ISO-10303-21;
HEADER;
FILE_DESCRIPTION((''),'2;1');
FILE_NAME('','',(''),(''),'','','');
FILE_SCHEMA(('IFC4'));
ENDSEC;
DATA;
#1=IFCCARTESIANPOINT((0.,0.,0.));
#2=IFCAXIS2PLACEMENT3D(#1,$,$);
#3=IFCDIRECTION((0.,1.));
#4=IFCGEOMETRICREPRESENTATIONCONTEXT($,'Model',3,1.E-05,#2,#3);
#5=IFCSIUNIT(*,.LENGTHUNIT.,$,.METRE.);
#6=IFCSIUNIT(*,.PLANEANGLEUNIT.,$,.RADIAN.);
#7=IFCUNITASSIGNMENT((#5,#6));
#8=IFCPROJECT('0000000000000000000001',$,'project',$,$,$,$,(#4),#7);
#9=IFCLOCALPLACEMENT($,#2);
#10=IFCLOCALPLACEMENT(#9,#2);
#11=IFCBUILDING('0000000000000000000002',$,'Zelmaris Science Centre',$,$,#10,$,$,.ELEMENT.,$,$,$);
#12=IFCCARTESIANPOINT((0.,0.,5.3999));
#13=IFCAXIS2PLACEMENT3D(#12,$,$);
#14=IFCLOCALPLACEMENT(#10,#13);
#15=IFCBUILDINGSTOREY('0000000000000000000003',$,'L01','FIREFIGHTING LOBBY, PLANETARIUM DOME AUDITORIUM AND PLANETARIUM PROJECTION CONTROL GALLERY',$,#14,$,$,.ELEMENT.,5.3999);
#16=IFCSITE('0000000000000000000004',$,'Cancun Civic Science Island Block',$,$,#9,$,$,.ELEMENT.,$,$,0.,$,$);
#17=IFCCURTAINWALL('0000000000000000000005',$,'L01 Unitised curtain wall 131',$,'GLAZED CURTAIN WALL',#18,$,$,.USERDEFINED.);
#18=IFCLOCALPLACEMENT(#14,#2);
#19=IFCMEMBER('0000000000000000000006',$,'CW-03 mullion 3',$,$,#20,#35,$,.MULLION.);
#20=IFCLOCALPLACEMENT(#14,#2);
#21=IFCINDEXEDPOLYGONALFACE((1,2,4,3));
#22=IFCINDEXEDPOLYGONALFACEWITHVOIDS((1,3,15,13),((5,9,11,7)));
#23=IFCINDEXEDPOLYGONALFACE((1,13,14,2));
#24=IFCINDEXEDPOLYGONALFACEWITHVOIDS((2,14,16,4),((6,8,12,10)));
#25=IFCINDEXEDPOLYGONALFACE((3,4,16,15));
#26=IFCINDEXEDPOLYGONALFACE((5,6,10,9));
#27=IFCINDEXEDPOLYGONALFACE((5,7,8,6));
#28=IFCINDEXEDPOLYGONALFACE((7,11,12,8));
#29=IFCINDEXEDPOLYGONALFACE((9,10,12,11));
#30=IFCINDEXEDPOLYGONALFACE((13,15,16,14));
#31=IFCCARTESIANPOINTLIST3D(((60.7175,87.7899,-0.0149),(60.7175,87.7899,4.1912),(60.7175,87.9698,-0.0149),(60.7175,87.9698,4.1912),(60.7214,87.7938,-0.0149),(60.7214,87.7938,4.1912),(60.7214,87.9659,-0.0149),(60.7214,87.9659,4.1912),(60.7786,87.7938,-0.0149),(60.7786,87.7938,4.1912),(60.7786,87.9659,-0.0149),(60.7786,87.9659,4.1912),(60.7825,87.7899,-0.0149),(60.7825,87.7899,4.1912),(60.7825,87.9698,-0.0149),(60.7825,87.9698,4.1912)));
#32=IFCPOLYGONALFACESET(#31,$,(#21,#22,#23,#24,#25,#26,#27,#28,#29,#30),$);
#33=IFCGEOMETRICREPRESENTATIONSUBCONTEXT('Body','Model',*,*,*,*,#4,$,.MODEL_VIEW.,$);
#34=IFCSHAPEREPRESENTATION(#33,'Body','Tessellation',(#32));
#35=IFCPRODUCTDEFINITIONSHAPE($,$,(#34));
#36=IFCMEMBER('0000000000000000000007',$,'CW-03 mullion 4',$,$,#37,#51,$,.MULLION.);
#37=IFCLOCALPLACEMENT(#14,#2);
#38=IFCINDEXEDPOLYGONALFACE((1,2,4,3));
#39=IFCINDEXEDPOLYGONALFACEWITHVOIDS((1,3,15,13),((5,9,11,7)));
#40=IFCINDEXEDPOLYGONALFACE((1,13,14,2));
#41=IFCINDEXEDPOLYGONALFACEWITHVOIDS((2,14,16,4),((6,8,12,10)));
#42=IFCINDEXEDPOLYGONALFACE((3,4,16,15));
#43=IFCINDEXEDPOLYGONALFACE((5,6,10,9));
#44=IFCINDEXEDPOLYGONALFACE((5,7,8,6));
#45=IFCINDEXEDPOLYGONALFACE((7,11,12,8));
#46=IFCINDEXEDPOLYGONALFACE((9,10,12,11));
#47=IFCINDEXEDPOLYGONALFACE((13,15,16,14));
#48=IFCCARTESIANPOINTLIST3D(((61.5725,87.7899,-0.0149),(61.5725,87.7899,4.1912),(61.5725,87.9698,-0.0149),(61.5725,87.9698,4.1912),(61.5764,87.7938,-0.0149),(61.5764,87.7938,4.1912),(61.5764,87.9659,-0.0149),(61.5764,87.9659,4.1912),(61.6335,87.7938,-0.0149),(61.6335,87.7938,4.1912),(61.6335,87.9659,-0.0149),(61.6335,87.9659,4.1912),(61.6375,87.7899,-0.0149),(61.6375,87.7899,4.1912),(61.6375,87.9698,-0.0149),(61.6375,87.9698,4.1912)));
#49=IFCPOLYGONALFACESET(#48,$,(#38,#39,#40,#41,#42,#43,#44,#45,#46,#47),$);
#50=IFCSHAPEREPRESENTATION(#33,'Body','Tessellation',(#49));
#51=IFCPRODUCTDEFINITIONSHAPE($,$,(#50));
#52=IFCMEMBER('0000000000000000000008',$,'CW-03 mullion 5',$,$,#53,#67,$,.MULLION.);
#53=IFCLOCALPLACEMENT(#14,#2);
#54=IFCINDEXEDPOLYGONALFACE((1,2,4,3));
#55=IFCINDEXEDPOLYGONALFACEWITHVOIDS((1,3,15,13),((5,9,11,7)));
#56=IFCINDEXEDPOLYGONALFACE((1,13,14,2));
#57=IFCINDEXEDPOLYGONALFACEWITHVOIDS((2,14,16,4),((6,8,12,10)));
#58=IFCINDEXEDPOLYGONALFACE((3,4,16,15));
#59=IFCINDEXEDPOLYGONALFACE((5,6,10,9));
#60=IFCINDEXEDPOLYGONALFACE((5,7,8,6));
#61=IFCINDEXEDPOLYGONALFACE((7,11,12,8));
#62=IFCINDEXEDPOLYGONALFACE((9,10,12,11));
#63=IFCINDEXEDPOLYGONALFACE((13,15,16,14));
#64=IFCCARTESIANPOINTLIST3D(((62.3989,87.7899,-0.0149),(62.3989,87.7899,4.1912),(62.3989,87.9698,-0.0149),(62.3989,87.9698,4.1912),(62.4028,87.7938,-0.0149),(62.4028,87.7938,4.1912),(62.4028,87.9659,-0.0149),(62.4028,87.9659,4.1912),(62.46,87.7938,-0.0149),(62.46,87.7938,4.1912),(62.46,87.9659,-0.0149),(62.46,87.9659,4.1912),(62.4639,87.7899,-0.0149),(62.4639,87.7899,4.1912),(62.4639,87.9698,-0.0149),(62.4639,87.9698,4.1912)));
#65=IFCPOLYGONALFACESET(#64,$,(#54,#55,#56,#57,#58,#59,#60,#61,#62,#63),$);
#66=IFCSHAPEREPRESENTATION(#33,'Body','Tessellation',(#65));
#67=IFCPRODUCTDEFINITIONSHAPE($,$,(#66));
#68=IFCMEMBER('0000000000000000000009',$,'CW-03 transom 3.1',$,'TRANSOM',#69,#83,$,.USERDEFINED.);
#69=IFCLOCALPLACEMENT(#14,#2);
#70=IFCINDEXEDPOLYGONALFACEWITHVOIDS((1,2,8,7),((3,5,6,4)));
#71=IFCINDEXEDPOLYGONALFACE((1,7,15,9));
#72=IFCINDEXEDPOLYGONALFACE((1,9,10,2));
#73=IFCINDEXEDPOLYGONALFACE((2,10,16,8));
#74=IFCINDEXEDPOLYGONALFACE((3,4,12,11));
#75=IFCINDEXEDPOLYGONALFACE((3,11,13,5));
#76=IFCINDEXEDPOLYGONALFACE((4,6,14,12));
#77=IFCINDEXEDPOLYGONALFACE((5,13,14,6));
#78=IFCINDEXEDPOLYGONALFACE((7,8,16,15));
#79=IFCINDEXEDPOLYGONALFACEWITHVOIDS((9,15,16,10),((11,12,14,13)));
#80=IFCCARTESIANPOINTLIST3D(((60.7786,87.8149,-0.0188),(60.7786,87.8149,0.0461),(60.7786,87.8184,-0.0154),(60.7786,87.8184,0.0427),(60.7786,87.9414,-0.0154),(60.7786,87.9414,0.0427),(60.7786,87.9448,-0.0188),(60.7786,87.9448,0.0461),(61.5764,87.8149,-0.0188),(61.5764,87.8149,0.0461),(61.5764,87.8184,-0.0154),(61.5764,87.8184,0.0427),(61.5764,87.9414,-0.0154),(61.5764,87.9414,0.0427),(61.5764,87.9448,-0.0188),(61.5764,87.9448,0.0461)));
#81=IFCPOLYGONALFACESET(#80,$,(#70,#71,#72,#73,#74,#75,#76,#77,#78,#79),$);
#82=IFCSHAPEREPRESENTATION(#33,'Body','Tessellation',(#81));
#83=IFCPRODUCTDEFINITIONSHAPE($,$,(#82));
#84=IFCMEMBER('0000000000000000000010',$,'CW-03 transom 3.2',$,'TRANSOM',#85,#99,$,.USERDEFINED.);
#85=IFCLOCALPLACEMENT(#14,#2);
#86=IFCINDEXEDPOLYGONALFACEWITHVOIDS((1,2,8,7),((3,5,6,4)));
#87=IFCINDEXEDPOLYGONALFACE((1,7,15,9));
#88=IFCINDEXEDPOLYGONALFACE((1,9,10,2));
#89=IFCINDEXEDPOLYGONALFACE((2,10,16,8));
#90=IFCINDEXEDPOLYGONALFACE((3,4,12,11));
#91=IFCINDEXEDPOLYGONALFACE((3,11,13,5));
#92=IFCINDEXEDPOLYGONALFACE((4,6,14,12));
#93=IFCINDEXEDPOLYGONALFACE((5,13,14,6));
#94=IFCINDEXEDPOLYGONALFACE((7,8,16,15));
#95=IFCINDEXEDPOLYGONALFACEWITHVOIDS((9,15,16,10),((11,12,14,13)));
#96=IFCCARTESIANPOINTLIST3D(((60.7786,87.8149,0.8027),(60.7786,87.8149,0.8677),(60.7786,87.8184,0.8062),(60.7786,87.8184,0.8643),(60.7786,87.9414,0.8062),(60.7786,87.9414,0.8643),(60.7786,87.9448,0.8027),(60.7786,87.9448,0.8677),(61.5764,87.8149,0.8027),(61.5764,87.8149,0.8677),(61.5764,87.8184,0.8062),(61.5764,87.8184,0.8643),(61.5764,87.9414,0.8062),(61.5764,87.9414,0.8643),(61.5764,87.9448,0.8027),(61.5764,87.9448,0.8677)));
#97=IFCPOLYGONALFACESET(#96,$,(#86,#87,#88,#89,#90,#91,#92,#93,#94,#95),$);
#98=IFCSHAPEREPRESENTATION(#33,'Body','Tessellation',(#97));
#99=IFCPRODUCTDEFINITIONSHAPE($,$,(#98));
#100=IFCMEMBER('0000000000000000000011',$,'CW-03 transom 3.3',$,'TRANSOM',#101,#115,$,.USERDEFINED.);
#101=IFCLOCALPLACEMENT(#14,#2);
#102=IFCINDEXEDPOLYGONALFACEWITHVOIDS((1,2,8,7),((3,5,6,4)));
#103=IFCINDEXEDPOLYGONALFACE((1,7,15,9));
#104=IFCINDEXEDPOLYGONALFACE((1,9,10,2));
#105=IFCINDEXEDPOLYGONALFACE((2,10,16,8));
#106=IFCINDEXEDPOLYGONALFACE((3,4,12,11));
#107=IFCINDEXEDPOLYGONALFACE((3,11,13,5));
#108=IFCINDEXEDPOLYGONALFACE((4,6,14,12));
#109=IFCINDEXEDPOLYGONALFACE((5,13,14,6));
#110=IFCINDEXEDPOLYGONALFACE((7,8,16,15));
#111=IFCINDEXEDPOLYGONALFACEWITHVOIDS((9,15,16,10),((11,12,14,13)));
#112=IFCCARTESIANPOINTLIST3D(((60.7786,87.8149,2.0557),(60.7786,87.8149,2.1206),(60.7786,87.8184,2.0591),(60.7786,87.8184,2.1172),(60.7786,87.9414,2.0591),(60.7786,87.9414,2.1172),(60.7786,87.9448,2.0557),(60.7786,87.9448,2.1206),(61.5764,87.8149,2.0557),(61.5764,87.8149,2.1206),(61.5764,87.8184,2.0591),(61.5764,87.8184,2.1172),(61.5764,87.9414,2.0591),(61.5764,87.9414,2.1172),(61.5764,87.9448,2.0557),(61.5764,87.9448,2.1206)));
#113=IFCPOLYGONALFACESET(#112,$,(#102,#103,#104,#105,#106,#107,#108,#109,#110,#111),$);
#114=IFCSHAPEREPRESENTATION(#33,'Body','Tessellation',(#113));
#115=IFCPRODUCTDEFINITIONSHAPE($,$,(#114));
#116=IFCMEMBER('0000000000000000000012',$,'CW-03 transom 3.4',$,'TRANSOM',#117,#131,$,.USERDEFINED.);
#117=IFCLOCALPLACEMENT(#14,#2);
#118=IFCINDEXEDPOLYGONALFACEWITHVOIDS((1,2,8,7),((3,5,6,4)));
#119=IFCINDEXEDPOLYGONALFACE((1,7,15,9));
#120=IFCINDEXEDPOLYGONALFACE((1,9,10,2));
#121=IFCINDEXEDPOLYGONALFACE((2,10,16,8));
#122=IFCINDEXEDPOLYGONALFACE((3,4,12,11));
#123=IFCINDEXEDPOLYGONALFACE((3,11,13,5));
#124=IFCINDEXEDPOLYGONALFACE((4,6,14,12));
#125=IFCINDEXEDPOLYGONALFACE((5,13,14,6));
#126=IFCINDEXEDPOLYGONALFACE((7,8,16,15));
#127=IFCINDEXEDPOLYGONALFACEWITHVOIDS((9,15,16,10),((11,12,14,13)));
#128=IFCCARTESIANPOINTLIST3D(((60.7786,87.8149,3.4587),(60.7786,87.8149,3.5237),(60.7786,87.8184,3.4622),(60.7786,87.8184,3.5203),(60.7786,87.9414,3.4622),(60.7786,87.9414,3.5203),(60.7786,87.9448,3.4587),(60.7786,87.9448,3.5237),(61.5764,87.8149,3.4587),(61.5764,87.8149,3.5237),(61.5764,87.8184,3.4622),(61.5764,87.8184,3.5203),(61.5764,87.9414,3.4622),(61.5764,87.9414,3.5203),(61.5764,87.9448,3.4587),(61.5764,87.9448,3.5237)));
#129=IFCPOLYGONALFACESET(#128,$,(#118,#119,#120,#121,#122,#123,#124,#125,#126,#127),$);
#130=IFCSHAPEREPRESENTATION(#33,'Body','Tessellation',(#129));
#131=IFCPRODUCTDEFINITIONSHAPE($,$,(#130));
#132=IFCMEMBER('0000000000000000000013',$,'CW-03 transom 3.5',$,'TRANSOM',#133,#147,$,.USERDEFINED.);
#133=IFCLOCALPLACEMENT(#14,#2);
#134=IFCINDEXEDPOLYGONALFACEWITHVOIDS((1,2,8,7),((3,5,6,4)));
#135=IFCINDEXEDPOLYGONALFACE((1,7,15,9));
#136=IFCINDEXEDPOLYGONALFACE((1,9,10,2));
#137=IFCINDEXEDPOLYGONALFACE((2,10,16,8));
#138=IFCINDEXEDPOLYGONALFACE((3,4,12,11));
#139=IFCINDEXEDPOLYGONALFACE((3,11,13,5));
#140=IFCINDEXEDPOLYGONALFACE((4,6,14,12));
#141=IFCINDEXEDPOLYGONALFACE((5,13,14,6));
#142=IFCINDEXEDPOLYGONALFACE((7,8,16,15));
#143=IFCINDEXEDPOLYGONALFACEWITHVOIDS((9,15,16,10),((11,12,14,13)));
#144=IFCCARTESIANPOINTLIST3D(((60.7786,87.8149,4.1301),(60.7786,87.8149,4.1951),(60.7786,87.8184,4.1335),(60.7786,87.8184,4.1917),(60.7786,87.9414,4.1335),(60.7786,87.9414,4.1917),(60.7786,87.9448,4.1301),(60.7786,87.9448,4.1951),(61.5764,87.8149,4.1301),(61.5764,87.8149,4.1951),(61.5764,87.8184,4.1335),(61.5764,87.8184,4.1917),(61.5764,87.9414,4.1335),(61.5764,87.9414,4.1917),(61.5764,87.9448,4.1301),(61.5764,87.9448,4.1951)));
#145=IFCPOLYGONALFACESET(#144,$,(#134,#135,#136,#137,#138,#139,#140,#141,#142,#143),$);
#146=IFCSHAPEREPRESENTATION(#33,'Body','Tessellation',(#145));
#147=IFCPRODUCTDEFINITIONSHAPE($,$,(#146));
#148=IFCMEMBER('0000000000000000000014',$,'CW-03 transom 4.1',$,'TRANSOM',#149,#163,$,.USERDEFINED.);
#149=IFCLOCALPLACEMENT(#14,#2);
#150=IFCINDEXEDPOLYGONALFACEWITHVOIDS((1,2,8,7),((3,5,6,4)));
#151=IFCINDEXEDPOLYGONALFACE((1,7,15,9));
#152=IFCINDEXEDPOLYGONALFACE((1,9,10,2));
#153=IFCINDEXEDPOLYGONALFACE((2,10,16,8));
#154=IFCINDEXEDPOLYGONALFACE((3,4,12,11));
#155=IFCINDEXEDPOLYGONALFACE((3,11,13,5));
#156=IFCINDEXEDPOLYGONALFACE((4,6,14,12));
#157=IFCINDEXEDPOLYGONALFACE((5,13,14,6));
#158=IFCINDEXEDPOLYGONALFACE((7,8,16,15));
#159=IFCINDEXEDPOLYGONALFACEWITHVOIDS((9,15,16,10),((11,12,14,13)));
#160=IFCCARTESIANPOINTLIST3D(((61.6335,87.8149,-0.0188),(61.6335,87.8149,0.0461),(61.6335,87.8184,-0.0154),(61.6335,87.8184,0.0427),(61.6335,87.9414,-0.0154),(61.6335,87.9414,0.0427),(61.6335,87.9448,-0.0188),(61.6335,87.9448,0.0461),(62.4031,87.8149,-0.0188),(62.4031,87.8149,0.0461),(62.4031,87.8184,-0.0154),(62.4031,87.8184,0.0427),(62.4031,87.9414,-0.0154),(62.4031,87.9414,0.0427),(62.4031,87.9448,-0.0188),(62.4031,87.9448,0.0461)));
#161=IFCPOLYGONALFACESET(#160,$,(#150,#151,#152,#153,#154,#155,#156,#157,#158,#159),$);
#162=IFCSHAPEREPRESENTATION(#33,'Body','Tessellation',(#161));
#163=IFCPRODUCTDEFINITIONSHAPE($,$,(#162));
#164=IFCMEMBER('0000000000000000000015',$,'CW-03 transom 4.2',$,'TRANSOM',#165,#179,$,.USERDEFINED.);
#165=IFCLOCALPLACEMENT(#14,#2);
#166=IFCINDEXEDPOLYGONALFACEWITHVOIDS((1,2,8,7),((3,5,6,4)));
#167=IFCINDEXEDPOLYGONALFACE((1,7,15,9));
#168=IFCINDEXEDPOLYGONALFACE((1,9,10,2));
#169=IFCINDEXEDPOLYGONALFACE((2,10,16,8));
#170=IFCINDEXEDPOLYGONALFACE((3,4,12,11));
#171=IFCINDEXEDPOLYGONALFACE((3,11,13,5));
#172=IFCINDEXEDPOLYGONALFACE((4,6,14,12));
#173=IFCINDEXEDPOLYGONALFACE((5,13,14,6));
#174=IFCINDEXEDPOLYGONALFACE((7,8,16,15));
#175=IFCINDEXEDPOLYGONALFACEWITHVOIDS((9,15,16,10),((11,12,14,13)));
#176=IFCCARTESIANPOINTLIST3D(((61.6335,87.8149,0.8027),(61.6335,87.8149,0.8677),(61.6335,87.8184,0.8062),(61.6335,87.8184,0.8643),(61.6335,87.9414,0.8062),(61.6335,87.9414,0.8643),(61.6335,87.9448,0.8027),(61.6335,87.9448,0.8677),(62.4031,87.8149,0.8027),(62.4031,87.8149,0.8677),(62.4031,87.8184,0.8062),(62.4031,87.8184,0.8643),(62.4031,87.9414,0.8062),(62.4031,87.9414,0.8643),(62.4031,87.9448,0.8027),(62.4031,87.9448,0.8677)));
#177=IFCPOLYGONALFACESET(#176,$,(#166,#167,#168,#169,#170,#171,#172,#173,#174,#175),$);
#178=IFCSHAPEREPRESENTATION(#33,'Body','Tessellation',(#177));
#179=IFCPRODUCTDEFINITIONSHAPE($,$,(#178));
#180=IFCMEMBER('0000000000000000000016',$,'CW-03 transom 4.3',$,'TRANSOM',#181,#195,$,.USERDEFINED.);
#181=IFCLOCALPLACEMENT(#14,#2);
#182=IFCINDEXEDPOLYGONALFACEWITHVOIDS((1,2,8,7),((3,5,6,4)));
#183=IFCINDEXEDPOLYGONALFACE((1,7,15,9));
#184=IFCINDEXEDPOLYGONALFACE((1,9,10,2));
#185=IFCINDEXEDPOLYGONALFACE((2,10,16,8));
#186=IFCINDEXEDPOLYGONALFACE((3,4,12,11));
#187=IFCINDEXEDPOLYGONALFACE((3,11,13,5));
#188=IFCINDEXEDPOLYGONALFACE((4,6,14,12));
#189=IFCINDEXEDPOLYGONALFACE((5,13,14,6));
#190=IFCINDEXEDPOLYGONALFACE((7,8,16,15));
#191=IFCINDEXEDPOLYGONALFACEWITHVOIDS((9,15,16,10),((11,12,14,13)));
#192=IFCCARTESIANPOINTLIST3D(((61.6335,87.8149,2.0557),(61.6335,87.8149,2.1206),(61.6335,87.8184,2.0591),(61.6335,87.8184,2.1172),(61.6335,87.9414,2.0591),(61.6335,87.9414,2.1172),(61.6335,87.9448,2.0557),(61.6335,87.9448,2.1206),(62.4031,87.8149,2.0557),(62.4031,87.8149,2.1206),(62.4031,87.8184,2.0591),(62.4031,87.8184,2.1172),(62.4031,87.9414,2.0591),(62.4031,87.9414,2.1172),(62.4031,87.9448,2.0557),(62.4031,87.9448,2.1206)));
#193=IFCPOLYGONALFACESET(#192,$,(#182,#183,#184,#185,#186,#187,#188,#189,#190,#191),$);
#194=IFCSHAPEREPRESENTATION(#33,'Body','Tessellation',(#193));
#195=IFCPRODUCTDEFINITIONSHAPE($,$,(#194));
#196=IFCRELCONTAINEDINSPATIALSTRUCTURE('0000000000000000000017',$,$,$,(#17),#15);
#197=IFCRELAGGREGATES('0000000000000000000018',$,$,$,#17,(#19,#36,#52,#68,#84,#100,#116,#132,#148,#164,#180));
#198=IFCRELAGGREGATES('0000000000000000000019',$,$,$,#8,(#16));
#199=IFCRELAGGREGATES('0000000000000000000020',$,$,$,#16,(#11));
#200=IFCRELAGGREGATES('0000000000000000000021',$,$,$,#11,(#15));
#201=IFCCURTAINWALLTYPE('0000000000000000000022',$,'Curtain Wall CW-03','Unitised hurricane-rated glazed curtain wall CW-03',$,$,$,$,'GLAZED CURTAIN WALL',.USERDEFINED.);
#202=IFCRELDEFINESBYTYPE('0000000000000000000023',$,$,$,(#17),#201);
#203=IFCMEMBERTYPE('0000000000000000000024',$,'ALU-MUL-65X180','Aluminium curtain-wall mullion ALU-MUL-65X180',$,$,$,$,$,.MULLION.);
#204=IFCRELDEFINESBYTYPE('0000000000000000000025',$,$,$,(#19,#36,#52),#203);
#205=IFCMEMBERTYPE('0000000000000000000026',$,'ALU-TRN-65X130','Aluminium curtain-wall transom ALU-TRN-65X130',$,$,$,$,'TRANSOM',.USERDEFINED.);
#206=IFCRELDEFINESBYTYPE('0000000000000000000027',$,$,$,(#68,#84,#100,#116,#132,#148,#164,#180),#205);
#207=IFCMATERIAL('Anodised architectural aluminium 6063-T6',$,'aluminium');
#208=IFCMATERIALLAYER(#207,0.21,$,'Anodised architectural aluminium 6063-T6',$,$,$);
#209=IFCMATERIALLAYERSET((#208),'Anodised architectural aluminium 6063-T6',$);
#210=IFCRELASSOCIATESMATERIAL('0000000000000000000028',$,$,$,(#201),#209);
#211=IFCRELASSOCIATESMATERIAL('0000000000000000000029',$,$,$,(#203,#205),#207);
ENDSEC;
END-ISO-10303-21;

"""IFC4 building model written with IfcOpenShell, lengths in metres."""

from ifc_helpers import new_model, si_unit, direction, frame, origin, origin_2d, place, context, subcontext, project, spatial, hollow_rectangle, extrude, material, layer, layer_set, material_profile, profile_set, type_object, element, aggregate, save


model = new_model("IFC4")

# Units and contexts
model_context = context("Model", 3, precision=1e-05, world=origin(), true_north=direction((0.0, 1.0)))
body_context = subcontext(model_context, "Body", "Model", "MODEL_VIEW")
ifc_project = project(units=[si_unit("LENGTHUNIT", "METRE"), si_unit("PLANEANGLEUNIT", "RADIAN")], contexts=[model_context])

# Site, building, storey
site_placement = place(None, origin())
site = spatial("IfcSite", under=ifc_project, at=site_placement, Name="Cancun Civic Science Island Block", CompositionType="ELEMENT", RefElevation=0.0)
building_placement = place(site_placement, origin())
building = spatial("IfcBuilding", under=site, at=building_placement, Name="Zelmaris Science Centre", CompositionType="ELEMENT")
storey_placement = place(building_placement, frame((0.0, 0.0, 5.3999)))
storey = spatial("IfcBuildingStorey", under=building, at=storey_placement, Name="L01", Description="FIREFIGHTING LOBBY, PLANETARIUM DOME AUDITORIUM AND PLANETARIUM PROJECTION CONTROL GALLERY", CompositionType="ELEMENT", Elevation=5.3999)

# Curtain wall, members
ifc_material_1 = material(Name="Anodised architectural aluminium 6063-T6", Category="aluminium")
ifc_layer_1 = layer(ifc_material_1, 0.21, Name="Anodised architectural aluminium 6063-T6")
ifc_layer_set_1 = layer_set([ifc_layer_1], Name="Anodised architectural aluminium 6063-T6")
curtain_wall_type = type_object("IfcCurtainWallType", Name="Curtain Wall CW-03", Description="Unitised hurricane-rated glazed curtain wall CW-03", ElementType="GLAZED CURTAIN WALL", PredefinedType="USERDEFINED", material=ifc_layer_set_1)
curtain_wall_placement = place(storey_placement, origin())
curtain_wall = element("IfcCurtainWall", 1, at=curtain_wall_placement, inside=storey, type_object=curtain_wall_type, Name="L01 Unitised curtain wall 131", ObjectType="GLAZED CURTAIN WALL", PredefinedType="USERDEFINED")
ifc_material_profile_1 = material_profile(ifc_material_1, hollow_rectangle(XDim=0.0649, YDim=0.1799, WallThickness=0.0039, at=origin_2d()), Name="ALU-MUL-65X180")
ifc_profile_set_1 = profile_set([ifc_material_profile_1], Name="Anodised architectural aluminium 6063-T6")
member_type_1 = type_object("IfcMemberType", Name="ALU-MUL-65X180", Description="Aluminium curtain-wall mullion ALU-MUL-65X180", PredefinedType="MULLION", material=ifc_profile_set_1)
member_1_placement = place(storey_placement, frame((60.75, 87.8799, -0.0149), z_axis=(0.0, 0.0, 1.0), x_axis=(1.0, 0.0, 0.0)))
member_1 = element("IfcMember", 2, at=member_1_placement, type_object=member_type_1, Name="CW-03 mullion 3", PredefinedType="MULLION", context=body_context, shape_type="SweptSolid", body=[
    extrude(hollow_rectangle(XDim=0.0649, YDim=0.1799, WallThickness=0.0039, at=origin_2d()), origin(), (0.0, 0.0, 1.0), 4.2061),
])
member_2_placement = place(storey_placement, frame((61.605, 87.8799, -0.0149), z_axis=(0.0, 0.0, 1.0), x_axis=(1.0, 0.0, 0.0)))
member_2 = element("IfcMember", 3, at=member_2_placement, type_object=member_type_1, Name="CW-03 mullion 4", PredefinedType="MULLION", context=body_context, shape_type="SweptSolid", body=[
    extrude(hollow_rectangle(XDim=0.0649, YDim=0.1799, WallThickness=0.0039, at=origin_2d()), origin(), (0.0, 0.0, 1.0), 4.2061),
])
member_3_placement = place(storey_placement, frame((62.4314, 87.8799, -0.0149), z_axis=(0.0, 0.0, 1.0), x_axis=(1.0, 0.0, 0.0)))
member_3 = element("IfcMember", 4, at=member_3_placement, type_object=member_type_1, Name="CW-03 mullion 5", PredefinedType="MULLION", context=body_context, shape_type="SweptSolid", body=[
    extrude(hollow_rectangle(XDim=0.0649, YDim=0.1799, WallThickness=0.0039, at=origin_2d()), origin(), (0.0, 0.0, 1.0), 4.2061),
])
ifc_material_profile_2 = material_profile(ifc_material_1, hollow_rectangle(XDim=0.0649, YDim=0.1299, WallThickness=0.0034, at=origin_2d()), Name="ALU-TRN-65X130")
ifc_profile_set_2 = profile_set([ifc_material_profile_2], Name="Anodised architectural aluminium 6063-T6")
member_type_2 = type_object("IfcMemberType", Name="ALU-TRN-65X130", Description="Aluminium curtain-wall transom ALU-TRN-65X130", ElementType="TRANSOM", PredefinedType="USERDEFINED", material=ifc_profile_set_2)
member_4_placement = place(storey_placement, frame((60.7786, 87.8799, 0.0137), z_axis=(1.0, 0.0, 0.0), x_axis=(0.0, 0.0, 1.0)))
member_4 = element("IfcMember", 5, at=member_4_placement, type_object=member_type_2, Name="CW-03 transom 3.1", ObjectType="TRANSOM", PredefinedType="USERDEFINED", context=body_context, shape_type="SweptSolid", body=[
    extrude(hollow_rectangle(XDim=0.0649, YDim=0.1299, WallThickness=0.0034, at=origin_2d()), origin(), (0.0, 0.0, 1.0), 0.7979),
])
member_5_placement = place(storey_placement, frame((60.7786, 87.8799, 0.8352), z_axis=(1.0, 0.0, 0.0), x_axis=(0.0, 0.0, 1.0)))
member_5 = element("IfcMember", 6, at=member_5_placement, type_object=member_type_2, Name="CW-03 transom 3.2", ObjectType="TRANSOM", PredefinedType="USERDEFINED", context=body_context, shape_type="SweptSolid", body=[
    extrude(hollow_rectangle(XDim=0.0649, YDim=0.1299, WallThickness=0.0034, at=origin_2d()), origin(), (0.0, 0.0, 1.0), 0.7979),
])
member_6_placement = place(storey_placement, frame((60.7786, 87.8799, 2.0881), z_axis=(1.0, 0.0, 0.0), x_axis=(0.0, 0.0, 1.0)))
member_6 = element("IfcMember", 7, at=member_6_placement, type_object=member_type_2, Name="CW-03 transom 3.3", ObjectType="TRANSOM", PredefinedType="USERDEFINED", context=body_context, shape_type="SweptSolid", body=[
    extrude(hollow_rectangle(XDim=0.0649, YDim=0.1299, WallThickness=0.0034, at=origin_2d()), origin(), (0.0, 0.0, 1.0), 0.7979),
])
member_7_placement = place(storey_placement, frame((60.7786, 87.8799, 3.4912), z_axis=(1.0, 0.0, 0.0), x_axis=(0.0, 0.0, 1.0)))
member_7 = element("IfcMember", 8, at=member_7_placement, type_object=member_type_2, Name="CW-03 transom 3.4", ObjectType="TRANSOM", PredefinedType="USERDEFINED", context=body_context, shape_type="SweptSolid", body=[
    extrude(hollow_rectangle(XDim=0.0649, YDim=0.1299, WallThickness=0.0034, at=origin_2d()), origin(), (0.0, 0.0, 1.0), 0.7979),
])
member_8_placement = place(storey_placement, frame((60.7786, 87.8799, 4.1626), z_axis=(1.0, 0.0, 0.0), x_axis=(0.0, 0.0, 1.0)))
member_8 = element("IfcMember", 9, at=member_8_placement, type_object=member_type_2, Name="CW-03 transom 3.5", ObjectType="TRANSOM", PredefinedType="USERDEFINED", context=body_context, shape_type="SweptSolid", body=[
    extrude(hollow_rectangle(XDim=0.0649, YDim=0.1299, WallThickness=0.0034, at=origin_2d()), origin(), (0.0, 0.0, 1.0), 0.7979),
])
member_9_placement = place(storey_placement, frame((61.6335, 87.8799, 0.0137), z_axis=(1.0, 0.0, 0.0), x_axis=(0.0, 0.0, 1.0)))
member_9 = element("IfcMember", 10, at=member_9_placement, type_object=member_type_2, Name="CW-03 transom 4.1", ObjectType="TRANSOM", PredefinedType="USERDEFINED", context=body_context, shape_type="SweptSolid", body=[
    extrude(hollow_rectangle(XDim=0.0649, YDim=0.1299, WallThickness=0.0034, at=origin_2d()), origin(), (0.0, 0.0, 1.0), 0.7695),
])
member_10_placement = place(storey_placement, frame((61.6335, 87.8799, 0.8352), z_axis=(1.0, 0.0, 0.0), x_axis=(0.0, 0.0, 1.0)))
member_10 = element("IfcMember", 11, at=member_10_placement, type_object=member_type_2, Name="CW-03 transom 4.2", ObjectType="TRANSOM", PredefinedType="USERDEFINED", context=body_context, shape_type="SweptSolid", body=[
    extrude(hollow_rectangle(XDim=0.0649, YDim=0.1299, WallThickness=0.0034, at=origin_2d()), origin(), (0.0, 0.0, 1.0), 0.7695),
])
member_11_placement = place(storey_placement, frame((61.6335, 87.8799, 2.0881), z_axis=(1.0, 0.0, 0.0), x_axis=(0.0, 0.0, 1.0)))
member_11 = element("IfcMember", 12, at=member_11_placement, type_object=member_type_2, Name="CW-03 transom 4.3", ObjectType="TRANSOM", PredefinedType="USERDEFINED", context=body_context, shape_type="SweptSolid", body=[
    extrude(hollow_rectangle(XDim=0.0649, YDim=0.1299, WallThickness=0.0034, at=origin_2d()), origin(), (0.0, 0.0, 1.0), 0.7695),
])
aggregate(curtain_wall, [member_1, member_2, member_3, member_4, member_5, member_6, member_7, member_8, member_9, member_10, member_11])

save(model, "model.ifc")
